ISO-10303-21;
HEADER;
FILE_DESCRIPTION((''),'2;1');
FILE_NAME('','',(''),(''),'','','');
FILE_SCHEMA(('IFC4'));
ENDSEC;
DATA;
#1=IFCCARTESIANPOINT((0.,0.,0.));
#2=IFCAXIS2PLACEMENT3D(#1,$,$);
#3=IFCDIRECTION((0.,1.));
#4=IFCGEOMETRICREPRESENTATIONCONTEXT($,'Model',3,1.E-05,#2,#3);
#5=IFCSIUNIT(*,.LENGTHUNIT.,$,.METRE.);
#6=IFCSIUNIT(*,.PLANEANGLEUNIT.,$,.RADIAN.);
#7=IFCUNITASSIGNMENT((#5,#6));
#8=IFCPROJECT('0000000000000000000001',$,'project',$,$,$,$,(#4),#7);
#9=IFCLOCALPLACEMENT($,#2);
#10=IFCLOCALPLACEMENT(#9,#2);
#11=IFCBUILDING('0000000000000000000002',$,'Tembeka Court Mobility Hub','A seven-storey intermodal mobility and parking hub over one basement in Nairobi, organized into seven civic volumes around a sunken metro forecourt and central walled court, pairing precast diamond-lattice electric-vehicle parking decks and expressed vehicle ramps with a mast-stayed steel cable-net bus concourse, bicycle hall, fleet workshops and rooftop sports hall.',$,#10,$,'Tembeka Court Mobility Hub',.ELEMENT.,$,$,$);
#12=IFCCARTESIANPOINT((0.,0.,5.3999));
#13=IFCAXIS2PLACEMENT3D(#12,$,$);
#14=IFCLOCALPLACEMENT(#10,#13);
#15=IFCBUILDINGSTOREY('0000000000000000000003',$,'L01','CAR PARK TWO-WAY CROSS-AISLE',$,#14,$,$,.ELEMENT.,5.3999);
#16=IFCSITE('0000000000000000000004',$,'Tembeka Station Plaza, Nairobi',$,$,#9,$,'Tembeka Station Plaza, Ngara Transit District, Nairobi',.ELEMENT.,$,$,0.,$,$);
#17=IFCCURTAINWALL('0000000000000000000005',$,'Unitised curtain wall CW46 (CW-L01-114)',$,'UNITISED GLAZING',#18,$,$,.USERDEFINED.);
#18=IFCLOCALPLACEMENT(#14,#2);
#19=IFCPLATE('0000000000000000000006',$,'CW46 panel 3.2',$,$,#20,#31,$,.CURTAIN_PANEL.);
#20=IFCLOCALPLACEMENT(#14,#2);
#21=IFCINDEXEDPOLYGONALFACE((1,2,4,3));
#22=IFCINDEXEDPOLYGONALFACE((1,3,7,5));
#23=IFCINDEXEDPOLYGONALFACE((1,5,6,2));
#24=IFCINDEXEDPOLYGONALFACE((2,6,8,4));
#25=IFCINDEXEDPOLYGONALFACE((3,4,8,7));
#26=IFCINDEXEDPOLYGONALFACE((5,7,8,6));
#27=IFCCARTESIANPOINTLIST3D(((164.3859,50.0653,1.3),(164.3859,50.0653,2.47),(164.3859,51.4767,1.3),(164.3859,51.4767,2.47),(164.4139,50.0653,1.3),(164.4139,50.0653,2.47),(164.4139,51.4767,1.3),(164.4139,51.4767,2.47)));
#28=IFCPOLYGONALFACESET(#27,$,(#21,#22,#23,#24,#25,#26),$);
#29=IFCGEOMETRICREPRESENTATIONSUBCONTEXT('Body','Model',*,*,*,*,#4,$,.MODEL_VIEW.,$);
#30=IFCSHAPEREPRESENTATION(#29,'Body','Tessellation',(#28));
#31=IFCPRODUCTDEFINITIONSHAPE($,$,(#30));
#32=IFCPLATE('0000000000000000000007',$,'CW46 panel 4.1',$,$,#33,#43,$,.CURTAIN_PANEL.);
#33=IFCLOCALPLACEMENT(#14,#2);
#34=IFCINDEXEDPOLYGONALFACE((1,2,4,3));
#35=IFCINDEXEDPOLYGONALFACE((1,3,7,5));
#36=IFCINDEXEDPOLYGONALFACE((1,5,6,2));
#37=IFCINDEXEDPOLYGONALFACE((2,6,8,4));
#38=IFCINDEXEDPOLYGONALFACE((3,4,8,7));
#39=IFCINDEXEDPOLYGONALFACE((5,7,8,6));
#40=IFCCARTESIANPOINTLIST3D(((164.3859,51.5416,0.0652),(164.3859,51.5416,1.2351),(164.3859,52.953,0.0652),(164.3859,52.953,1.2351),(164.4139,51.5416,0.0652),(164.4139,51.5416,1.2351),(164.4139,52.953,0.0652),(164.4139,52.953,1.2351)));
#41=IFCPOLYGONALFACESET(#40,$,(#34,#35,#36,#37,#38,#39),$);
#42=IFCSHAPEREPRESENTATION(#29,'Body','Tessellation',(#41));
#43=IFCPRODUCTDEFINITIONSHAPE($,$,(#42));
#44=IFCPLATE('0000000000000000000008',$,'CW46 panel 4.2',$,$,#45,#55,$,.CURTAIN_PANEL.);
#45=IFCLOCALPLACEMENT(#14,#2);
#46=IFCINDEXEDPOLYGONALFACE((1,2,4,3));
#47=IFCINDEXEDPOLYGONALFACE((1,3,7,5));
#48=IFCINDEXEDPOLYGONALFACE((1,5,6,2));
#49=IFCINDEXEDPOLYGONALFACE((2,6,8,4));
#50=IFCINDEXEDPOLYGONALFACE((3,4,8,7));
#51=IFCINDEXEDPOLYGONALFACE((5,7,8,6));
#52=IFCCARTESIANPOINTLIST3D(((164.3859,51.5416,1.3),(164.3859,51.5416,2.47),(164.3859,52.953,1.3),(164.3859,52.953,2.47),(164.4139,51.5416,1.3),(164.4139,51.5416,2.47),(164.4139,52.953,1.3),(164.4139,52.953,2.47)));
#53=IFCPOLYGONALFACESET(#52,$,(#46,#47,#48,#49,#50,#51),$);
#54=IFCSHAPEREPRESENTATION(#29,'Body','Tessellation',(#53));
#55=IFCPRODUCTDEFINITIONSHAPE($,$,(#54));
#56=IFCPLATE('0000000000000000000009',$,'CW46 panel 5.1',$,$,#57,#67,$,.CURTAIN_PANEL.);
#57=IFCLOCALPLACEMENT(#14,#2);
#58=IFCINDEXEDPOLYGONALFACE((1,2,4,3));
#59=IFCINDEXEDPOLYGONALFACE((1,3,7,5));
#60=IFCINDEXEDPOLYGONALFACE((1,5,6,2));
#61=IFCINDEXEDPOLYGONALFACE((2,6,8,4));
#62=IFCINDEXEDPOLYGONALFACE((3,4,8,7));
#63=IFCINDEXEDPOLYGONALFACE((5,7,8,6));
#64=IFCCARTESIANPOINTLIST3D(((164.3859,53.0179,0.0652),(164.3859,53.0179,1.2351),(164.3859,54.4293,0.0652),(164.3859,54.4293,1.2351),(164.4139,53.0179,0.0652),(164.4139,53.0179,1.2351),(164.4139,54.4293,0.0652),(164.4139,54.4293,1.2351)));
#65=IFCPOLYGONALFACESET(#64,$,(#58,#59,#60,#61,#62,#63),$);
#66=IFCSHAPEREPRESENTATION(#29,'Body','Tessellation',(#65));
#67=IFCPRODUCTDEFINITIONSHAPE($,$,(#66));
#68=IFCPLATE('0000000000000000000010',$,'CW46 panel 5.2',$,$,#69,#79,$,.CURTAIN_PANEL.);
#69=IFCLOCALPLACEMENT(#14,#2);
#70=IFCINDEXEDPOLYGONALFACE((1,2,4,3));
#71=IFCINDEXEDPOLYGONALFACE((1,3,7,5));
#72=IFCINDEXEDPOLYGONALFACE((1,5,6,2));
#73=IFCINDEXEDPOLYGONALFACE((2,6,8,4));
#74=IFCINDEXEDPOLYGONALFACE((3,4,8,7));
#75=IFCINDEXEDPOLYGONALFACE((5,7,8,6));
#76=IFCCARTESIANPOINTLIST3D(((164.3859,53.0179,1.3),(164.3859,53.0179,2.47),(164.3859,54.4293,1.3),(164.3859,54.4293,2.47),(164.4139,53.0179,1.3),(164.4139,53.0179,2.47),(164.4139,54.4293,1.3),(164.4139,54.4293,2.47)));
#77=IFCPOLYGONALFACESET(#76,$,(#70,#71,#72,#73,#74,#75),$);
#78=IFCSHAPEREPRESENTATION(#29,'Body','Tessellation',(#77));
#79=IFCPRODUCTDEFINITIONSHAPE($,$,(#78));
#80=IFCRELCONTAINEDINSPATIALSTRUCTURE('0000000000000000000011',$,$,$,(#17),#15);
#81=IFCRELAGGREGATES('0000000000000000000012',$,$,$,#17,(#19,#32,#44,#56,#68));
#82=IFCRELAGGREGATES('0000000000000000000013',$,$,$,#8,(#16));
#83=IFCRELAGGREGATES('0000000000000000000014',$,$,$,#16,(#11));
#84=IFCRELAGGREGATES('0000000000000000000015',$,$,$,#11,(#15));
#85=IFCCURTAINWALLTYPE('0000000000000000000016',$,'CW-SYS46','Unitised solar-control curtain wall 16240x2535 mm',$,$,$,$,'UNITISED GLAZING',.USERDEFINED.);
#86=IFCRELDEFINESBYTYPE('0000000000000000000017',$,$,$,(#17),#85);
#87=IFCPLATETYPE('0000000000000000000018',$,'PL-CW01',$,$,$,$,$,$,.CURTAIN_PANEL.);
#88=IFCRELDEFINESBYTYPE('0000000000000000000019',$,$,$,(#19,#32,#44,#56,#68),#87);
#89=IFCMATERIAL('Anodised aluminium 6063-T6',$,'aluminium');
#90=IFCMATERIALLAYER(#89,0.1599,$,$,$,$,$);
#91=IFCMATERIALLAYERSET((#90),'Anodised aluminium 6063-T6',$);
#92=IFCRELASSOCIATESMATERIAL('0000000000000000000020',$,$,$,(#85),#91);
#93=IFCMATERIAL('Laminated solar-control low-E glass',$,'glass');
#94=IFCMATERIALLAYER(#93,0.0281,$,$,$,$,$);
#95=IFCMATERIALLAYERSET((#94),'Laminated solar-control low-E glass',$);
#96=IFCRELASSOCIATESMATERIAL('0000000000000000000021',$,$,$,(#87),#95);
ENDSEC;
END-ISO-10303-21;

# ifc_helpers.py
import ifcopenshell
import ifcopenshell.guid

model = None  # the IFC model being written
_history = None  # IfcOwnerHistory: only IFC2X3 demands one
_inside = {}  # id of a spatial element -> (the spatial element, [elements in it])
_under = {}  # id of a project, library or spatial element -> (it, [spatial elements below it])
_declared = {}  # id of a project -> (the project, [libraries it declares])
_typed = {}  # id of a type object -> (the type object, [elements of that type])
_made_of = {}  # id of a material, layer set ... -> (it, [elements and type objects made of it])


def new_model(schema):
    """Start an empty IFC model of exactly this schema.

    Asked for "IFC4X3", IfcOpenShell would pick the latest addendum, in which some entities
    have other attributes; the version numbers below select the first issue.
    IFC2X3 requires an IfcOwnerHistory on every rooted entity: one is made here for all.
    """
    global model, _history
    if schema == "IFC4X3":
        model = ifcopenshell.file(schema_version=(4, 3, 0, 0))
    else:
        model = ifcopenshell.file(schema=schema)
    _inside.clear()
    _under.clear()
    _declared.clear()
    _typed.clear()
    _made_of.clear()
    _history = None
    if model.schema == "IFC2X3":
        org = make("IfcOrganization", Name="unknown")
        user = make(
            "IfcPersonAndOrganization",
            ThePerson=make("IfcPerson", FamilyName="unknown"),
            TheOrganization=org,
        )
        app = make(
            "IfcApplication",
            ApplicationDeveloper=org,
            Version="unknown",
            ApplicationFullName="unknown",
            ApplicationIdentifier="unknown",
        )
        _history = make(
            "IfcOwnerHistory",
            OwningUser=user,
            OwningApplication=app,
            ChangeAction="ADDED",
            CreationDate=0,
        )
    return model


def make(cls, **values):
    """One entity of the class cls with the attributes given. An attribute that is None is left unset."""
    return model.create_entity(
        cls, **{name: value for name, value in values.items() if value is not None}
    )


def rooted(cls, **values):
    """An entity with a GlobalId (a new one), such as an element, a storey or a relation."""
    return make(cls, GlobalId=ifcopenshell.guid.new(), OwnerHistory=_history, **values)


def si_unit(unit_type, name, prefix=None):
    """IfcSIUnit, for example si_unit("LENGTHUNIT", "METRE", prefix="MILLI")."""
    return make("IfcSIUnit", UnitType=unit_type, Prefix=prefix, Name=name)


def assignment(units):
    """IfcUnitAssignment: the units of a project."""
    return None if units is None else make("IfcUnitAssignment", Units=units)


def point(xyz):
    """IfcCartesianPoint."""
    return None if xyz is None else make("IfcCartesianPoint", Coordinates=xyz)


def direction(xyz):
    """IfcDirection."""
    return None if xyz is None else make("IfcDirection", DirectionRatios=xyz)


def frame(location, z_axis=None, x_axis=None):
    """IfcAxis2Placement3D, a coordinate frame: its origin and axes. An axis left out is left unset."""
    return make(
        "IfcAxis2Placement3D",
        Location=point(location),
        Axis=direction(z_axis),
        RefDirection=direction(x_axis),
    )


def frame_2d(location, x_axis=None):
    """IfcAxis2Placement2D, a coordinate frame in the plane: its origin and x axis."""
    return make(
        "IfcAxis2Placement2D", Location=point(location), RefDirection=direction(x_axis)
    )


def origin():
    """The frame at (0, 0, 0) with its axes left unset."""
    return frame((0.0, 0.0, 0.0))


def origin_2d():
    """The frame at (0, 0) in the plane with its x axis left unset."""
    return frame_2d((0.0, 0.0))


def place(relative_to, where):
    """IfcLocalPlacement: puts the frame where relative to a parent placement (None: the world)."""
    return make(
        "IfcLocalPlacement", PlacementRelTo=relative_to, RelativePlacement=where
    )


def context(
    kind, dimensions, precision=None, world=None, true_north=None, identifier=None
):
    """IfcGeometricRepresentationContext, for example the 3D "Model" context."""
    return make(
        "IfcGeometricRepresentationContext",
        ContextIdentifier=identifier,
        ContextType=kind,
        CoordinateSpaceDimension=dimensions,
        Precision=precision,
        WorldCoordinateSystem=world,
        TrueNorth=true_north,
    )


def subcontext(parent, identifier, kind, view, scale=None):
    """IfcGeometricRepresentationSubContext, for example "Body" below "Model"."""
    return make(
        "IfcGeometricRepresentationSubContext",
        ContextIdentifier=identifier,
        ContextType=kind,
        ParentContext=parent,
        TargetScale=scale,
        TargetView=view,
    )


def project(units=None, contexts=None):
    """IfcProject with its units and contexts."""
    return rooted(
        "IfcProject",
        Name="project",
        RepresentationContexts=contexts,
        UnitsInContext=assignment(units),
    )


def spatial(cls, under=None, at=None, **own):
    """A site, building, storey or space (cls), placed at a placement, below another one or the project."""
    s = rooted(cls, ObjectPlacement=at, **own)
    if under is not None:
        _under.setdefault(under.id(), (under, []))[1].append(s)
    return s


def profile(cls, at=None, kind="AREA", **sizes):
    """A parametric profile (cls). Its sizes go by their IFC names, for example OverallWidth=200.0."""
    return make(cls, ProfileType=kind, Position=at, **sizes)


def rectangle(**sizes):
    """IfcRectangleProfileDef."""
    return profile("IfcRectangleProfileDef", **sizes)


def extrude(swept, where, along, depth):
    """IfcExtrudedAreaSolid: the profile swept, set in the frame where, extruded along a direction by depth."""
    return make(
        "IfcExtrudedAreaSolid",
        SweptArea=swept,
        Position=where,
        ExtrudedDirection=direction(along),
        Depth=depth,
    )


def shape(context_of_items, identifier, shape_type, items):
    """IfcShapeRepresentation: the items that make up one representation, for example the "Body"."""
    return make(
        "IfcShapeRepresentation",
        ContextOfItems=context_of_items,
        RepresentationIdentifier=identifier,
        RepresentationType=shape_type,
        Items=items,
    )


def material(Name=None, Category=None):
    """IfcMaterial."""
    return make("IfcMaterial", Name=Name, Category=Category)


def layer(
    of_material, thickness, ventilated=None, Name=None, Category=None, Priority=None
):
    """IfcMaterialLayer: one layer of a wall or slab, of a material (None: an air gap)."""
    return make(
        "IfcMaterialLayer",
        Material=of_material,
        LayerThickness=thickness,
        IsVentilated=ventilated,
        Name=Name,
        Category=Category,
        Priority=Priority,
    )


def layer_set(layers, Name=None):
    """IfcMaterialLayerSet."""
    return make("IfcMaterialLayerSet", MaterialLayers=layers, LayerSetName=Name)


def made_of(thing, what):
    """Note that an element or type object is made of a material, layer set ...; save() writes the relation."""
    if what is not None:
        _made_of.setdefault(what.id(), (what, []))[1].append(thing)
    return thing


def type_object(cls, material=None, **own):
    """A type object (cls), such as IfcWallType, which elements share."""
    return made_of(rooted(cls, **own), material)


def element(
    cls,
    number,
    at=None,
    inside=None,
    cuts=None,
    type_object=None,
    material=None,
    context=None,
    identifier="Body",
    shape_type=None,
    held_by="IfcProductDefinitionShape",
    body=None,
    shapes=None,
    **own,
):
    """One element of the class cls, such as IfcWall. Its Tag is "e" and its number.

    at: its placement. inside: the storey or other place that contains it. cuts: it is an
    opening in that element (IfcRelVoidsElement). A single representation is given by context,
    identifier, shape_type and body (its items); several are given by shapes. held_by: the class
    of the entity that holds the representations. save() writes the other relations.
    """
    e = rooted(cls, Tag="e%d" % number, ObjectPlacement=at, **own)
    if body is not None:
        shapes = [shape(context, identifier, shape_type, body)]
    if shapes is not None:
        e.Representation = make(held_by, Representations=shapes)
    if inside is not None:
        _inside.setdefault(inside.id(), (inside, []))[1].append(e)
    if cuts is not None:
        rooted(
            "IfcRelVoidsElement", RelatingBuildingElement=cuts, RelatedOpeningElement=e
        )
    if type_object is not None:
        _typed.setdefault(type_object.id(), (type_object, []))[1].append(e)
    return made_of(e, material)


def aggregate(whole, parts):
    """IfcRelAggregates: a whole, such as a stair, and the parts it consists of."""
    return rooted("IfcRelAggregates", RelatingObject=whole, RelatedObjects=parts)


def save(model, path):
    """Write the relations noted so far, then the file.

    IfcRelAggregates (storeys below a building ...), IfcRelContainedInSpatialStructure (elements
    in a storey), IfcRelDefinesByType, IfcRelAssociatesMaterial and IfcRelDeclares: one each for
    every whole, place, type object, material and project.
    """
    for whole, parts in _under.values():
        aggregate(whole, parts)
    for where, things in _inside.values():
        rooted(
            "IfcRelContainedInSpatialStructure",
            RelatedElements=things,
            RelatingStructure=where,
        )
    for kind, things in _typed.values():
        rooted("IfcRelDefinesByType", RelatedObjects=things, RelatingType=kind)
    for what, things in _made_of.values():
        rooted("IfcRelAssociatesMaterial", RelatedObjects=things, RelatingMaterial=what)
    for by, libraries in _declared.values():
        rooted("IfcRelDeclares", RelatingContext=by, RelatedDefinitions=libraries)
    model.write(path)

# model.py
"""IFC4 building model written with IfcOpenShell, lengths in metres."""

from ifc_helpers import new_model, si_unit, direction, frame, origin, origin_2d, place, context, subcontext, project, spatial, rectangle, extrude, material, layer, layer_set, type_object, element, aggregate, save


model = new_model("IFC4")

# Units and contexts
model_context = context("Model", 3, precision=1e-05, world=origin(), true_north=direction((0.0, 1.0)))
body_context = subcontext(model_context, "Body", "Model", "MODEL_VIEW")
ifc_project = project(units=[si_unit("LENGTHUNIT", "METRE"), si_unit("PLANEANGLEUNIT", "RADIAN")], contexts=[model_context])

# Site, building, storey
site_placement = place(None, origin())
site = spatial("IfcSite", under=ifc_project, at=site_placement, Name="Tembeka Station Plaza, Nairobi", LongName="Tembeka Station Plaza, Ngara Transit District, Nairobi", CompositionType="ELEMENT", RefElevation=0.0)
building_placement = place(site_placement, origin())
building = spatial("IfcBuilding", under=site, at=building_placement, Name="Tembeka Court Mobility Hub", Description="A seven-storey intermodal mobility and parking hub over one basement in Nairobi, organized into seven civic volumes around a sunken metro forecourt and central walled court, pairing precast diamond-lattice electric-vehicle parking decks and expressed vehicle ramps with a mast-stayed steel cable-net bus concourse, bicycle hall, fleet workshops and rooftop sports hall.", LongName="Tembeka Court Mobility Hub", CompositionType="ELEMENT")
storey_placement = place(building_placement, frame((0.0, 0.0, 5.3999)))
storey = spatial("IfcBuildingStorey", under=building, at=storey_placement, Name="L01", Description="CAR PARK TWO-WAY CROSS-AISLE", CompositionType="ELEMENT", Elevation=5.3999)

# Curtain wall, plates
ifc_material_1 = material(Name="Anodised aluminium 6063-T6", Category="aluminium")
ifc_layer_1 = layer(ifc_material_1, 0.1599)
ifc_layer_set_1 = layer_set([ifc_layer_1], Name="Anodised aluminium 6063-T6")
curtain_wall_type = type_object("IfcCurtainWallType", Name="CW-SYS46", Description="Unitised solar-control curtain wall 16240x2535 mm", ElementType="UNITISED GLAZING", PredefinedType="USERDEFINED", material=ifc_layer_set_1)
curtain_wall_placement = place(storey_placement, origin())
curtain_wall = element("IfcCurtainWall", 1, at=curtain_wall_placement, inside=storey, type_object=curtain_wall_type, Name="Unitised curtain wall CW46 (CW-L01-114)", ObjectType="UNITISED GLAZING", PredefinedType="USERDEFINED")
ifc_material_2 = material(Name="Laminated solar-control low-E glass", Category="glass")
ifc_layer_2 = layer(ifc_material_2, 0.0281)
ifc_layer_set_2 = layer_set([ifc_layer_2], Name="Laminated solar-control low-E glass")
plate_type = type_object("IfcPlateType", Name="PL-CW01", PredefinedType="CURTAIN_PANEL", material=ifc_layer_set_2)
plate_1_placement = place(storey_placement, frame((164.3999, 50.771, 1.3), z_axis=(0.0, 0.0, 1.0), x_axis=(0.0, 1.0, 0.0)))
plate_1 = element("IfcPlate", 2, at=plate_1_placement, type_object=plate_type, Name="CW46 panel 3.2", PredefinedType="CURTAIN_PANEL", context=body_context, shape_type="SweptSolid", body=[
    extrude(rectangle(XDim=1.4114, YDim=0.0281, at=origin_2d()), origin(), (0.0, 0.0, 1.0), 1.1699),
])
plate_2_placement = place(storey_placement, frame((164.3999, 52.2473, 0.0652), z_axis=(0.0, 0.0, 1.0), x_axis=(0.0, 1.0, 0.0)))
plate_2 = element("IfcPlate", 3, at=plate_2_placement, type_object=plate_type, Name="CW46 panel 4.1", PredefinedType="CURTAIN_PANEL", context=body_context, shape_type="SweptSolid", body=[
    extrude(rectangle(XDim=1.4114, YDim=0.0281, at=origin_2d()), origin(), (0.0, 0.0, 1.0), 1.1699),
])
plate_3_placement = place(storey_placement, frame((164.3999, 52.2473, 1.3), z_axis=(0.0, 0.0, 1.0), x_axis=(0.0, 1.0, 0.0)))
plate_3 = element("IfcPlate", 4, at=plate_3_placement, type_object=plate_type, Name="CW46 panel 4.2", PredefinedType="CURTAIN_PANEL", context=body_context, shape_type="SweptSolid", body=[
    extrude(rectangle(XDim=1.4114, YDim=0.0281, at=origin_2d()), origin(), (0.0, 0.0, 1.0), 1.1699),
])
plate_4_placement = place(storey_placement, frame((164.3999, 53.7236, 0.0652), z_axis=(0.0, 0.0, 1.0), x_axis=(0.0, 1.0, 0.0)))
plate_4 = element("IfcPlate", 5, at=plate_4_placement, type_object=plate_type, Name="CW46 panel 5.1", PredefinedType="CURTAIN_PANEL", context=body_context, shape_type="SweptSolid", body=[
    extrude(rectangle(XDim=1.4114, YDim=0.0281, at=origin_2d()), origin(), (0.0, 0.0, 1.0), 1.1699),
])
plate_5_placement = place(storey_placement, frame((164.3999, 53.7236, 1.3), z_axis=(0.0, 0.0, 1.0), x_axis=(0.0, 1.0, 0.0)))
plate_5 = element("IfcPlate", 6, at=plate_5_placement, type_object=plate_type, Name="CW46 panel 5.2", PredefinedType="CURTAIN_PANEL", context=body_context, shape_type="SweptSolid", body=[
    extrude(rectangle(XDim=1.4114, YDim=0.0281, at=origin_2d()), origin(), (0.0, 0.0, 1.0), 1.1699),
])
aggregate(curtain_wall, [plate_1, plate_2, plate_3, plate_4, plate_5])

save(model, "model.ifc")
